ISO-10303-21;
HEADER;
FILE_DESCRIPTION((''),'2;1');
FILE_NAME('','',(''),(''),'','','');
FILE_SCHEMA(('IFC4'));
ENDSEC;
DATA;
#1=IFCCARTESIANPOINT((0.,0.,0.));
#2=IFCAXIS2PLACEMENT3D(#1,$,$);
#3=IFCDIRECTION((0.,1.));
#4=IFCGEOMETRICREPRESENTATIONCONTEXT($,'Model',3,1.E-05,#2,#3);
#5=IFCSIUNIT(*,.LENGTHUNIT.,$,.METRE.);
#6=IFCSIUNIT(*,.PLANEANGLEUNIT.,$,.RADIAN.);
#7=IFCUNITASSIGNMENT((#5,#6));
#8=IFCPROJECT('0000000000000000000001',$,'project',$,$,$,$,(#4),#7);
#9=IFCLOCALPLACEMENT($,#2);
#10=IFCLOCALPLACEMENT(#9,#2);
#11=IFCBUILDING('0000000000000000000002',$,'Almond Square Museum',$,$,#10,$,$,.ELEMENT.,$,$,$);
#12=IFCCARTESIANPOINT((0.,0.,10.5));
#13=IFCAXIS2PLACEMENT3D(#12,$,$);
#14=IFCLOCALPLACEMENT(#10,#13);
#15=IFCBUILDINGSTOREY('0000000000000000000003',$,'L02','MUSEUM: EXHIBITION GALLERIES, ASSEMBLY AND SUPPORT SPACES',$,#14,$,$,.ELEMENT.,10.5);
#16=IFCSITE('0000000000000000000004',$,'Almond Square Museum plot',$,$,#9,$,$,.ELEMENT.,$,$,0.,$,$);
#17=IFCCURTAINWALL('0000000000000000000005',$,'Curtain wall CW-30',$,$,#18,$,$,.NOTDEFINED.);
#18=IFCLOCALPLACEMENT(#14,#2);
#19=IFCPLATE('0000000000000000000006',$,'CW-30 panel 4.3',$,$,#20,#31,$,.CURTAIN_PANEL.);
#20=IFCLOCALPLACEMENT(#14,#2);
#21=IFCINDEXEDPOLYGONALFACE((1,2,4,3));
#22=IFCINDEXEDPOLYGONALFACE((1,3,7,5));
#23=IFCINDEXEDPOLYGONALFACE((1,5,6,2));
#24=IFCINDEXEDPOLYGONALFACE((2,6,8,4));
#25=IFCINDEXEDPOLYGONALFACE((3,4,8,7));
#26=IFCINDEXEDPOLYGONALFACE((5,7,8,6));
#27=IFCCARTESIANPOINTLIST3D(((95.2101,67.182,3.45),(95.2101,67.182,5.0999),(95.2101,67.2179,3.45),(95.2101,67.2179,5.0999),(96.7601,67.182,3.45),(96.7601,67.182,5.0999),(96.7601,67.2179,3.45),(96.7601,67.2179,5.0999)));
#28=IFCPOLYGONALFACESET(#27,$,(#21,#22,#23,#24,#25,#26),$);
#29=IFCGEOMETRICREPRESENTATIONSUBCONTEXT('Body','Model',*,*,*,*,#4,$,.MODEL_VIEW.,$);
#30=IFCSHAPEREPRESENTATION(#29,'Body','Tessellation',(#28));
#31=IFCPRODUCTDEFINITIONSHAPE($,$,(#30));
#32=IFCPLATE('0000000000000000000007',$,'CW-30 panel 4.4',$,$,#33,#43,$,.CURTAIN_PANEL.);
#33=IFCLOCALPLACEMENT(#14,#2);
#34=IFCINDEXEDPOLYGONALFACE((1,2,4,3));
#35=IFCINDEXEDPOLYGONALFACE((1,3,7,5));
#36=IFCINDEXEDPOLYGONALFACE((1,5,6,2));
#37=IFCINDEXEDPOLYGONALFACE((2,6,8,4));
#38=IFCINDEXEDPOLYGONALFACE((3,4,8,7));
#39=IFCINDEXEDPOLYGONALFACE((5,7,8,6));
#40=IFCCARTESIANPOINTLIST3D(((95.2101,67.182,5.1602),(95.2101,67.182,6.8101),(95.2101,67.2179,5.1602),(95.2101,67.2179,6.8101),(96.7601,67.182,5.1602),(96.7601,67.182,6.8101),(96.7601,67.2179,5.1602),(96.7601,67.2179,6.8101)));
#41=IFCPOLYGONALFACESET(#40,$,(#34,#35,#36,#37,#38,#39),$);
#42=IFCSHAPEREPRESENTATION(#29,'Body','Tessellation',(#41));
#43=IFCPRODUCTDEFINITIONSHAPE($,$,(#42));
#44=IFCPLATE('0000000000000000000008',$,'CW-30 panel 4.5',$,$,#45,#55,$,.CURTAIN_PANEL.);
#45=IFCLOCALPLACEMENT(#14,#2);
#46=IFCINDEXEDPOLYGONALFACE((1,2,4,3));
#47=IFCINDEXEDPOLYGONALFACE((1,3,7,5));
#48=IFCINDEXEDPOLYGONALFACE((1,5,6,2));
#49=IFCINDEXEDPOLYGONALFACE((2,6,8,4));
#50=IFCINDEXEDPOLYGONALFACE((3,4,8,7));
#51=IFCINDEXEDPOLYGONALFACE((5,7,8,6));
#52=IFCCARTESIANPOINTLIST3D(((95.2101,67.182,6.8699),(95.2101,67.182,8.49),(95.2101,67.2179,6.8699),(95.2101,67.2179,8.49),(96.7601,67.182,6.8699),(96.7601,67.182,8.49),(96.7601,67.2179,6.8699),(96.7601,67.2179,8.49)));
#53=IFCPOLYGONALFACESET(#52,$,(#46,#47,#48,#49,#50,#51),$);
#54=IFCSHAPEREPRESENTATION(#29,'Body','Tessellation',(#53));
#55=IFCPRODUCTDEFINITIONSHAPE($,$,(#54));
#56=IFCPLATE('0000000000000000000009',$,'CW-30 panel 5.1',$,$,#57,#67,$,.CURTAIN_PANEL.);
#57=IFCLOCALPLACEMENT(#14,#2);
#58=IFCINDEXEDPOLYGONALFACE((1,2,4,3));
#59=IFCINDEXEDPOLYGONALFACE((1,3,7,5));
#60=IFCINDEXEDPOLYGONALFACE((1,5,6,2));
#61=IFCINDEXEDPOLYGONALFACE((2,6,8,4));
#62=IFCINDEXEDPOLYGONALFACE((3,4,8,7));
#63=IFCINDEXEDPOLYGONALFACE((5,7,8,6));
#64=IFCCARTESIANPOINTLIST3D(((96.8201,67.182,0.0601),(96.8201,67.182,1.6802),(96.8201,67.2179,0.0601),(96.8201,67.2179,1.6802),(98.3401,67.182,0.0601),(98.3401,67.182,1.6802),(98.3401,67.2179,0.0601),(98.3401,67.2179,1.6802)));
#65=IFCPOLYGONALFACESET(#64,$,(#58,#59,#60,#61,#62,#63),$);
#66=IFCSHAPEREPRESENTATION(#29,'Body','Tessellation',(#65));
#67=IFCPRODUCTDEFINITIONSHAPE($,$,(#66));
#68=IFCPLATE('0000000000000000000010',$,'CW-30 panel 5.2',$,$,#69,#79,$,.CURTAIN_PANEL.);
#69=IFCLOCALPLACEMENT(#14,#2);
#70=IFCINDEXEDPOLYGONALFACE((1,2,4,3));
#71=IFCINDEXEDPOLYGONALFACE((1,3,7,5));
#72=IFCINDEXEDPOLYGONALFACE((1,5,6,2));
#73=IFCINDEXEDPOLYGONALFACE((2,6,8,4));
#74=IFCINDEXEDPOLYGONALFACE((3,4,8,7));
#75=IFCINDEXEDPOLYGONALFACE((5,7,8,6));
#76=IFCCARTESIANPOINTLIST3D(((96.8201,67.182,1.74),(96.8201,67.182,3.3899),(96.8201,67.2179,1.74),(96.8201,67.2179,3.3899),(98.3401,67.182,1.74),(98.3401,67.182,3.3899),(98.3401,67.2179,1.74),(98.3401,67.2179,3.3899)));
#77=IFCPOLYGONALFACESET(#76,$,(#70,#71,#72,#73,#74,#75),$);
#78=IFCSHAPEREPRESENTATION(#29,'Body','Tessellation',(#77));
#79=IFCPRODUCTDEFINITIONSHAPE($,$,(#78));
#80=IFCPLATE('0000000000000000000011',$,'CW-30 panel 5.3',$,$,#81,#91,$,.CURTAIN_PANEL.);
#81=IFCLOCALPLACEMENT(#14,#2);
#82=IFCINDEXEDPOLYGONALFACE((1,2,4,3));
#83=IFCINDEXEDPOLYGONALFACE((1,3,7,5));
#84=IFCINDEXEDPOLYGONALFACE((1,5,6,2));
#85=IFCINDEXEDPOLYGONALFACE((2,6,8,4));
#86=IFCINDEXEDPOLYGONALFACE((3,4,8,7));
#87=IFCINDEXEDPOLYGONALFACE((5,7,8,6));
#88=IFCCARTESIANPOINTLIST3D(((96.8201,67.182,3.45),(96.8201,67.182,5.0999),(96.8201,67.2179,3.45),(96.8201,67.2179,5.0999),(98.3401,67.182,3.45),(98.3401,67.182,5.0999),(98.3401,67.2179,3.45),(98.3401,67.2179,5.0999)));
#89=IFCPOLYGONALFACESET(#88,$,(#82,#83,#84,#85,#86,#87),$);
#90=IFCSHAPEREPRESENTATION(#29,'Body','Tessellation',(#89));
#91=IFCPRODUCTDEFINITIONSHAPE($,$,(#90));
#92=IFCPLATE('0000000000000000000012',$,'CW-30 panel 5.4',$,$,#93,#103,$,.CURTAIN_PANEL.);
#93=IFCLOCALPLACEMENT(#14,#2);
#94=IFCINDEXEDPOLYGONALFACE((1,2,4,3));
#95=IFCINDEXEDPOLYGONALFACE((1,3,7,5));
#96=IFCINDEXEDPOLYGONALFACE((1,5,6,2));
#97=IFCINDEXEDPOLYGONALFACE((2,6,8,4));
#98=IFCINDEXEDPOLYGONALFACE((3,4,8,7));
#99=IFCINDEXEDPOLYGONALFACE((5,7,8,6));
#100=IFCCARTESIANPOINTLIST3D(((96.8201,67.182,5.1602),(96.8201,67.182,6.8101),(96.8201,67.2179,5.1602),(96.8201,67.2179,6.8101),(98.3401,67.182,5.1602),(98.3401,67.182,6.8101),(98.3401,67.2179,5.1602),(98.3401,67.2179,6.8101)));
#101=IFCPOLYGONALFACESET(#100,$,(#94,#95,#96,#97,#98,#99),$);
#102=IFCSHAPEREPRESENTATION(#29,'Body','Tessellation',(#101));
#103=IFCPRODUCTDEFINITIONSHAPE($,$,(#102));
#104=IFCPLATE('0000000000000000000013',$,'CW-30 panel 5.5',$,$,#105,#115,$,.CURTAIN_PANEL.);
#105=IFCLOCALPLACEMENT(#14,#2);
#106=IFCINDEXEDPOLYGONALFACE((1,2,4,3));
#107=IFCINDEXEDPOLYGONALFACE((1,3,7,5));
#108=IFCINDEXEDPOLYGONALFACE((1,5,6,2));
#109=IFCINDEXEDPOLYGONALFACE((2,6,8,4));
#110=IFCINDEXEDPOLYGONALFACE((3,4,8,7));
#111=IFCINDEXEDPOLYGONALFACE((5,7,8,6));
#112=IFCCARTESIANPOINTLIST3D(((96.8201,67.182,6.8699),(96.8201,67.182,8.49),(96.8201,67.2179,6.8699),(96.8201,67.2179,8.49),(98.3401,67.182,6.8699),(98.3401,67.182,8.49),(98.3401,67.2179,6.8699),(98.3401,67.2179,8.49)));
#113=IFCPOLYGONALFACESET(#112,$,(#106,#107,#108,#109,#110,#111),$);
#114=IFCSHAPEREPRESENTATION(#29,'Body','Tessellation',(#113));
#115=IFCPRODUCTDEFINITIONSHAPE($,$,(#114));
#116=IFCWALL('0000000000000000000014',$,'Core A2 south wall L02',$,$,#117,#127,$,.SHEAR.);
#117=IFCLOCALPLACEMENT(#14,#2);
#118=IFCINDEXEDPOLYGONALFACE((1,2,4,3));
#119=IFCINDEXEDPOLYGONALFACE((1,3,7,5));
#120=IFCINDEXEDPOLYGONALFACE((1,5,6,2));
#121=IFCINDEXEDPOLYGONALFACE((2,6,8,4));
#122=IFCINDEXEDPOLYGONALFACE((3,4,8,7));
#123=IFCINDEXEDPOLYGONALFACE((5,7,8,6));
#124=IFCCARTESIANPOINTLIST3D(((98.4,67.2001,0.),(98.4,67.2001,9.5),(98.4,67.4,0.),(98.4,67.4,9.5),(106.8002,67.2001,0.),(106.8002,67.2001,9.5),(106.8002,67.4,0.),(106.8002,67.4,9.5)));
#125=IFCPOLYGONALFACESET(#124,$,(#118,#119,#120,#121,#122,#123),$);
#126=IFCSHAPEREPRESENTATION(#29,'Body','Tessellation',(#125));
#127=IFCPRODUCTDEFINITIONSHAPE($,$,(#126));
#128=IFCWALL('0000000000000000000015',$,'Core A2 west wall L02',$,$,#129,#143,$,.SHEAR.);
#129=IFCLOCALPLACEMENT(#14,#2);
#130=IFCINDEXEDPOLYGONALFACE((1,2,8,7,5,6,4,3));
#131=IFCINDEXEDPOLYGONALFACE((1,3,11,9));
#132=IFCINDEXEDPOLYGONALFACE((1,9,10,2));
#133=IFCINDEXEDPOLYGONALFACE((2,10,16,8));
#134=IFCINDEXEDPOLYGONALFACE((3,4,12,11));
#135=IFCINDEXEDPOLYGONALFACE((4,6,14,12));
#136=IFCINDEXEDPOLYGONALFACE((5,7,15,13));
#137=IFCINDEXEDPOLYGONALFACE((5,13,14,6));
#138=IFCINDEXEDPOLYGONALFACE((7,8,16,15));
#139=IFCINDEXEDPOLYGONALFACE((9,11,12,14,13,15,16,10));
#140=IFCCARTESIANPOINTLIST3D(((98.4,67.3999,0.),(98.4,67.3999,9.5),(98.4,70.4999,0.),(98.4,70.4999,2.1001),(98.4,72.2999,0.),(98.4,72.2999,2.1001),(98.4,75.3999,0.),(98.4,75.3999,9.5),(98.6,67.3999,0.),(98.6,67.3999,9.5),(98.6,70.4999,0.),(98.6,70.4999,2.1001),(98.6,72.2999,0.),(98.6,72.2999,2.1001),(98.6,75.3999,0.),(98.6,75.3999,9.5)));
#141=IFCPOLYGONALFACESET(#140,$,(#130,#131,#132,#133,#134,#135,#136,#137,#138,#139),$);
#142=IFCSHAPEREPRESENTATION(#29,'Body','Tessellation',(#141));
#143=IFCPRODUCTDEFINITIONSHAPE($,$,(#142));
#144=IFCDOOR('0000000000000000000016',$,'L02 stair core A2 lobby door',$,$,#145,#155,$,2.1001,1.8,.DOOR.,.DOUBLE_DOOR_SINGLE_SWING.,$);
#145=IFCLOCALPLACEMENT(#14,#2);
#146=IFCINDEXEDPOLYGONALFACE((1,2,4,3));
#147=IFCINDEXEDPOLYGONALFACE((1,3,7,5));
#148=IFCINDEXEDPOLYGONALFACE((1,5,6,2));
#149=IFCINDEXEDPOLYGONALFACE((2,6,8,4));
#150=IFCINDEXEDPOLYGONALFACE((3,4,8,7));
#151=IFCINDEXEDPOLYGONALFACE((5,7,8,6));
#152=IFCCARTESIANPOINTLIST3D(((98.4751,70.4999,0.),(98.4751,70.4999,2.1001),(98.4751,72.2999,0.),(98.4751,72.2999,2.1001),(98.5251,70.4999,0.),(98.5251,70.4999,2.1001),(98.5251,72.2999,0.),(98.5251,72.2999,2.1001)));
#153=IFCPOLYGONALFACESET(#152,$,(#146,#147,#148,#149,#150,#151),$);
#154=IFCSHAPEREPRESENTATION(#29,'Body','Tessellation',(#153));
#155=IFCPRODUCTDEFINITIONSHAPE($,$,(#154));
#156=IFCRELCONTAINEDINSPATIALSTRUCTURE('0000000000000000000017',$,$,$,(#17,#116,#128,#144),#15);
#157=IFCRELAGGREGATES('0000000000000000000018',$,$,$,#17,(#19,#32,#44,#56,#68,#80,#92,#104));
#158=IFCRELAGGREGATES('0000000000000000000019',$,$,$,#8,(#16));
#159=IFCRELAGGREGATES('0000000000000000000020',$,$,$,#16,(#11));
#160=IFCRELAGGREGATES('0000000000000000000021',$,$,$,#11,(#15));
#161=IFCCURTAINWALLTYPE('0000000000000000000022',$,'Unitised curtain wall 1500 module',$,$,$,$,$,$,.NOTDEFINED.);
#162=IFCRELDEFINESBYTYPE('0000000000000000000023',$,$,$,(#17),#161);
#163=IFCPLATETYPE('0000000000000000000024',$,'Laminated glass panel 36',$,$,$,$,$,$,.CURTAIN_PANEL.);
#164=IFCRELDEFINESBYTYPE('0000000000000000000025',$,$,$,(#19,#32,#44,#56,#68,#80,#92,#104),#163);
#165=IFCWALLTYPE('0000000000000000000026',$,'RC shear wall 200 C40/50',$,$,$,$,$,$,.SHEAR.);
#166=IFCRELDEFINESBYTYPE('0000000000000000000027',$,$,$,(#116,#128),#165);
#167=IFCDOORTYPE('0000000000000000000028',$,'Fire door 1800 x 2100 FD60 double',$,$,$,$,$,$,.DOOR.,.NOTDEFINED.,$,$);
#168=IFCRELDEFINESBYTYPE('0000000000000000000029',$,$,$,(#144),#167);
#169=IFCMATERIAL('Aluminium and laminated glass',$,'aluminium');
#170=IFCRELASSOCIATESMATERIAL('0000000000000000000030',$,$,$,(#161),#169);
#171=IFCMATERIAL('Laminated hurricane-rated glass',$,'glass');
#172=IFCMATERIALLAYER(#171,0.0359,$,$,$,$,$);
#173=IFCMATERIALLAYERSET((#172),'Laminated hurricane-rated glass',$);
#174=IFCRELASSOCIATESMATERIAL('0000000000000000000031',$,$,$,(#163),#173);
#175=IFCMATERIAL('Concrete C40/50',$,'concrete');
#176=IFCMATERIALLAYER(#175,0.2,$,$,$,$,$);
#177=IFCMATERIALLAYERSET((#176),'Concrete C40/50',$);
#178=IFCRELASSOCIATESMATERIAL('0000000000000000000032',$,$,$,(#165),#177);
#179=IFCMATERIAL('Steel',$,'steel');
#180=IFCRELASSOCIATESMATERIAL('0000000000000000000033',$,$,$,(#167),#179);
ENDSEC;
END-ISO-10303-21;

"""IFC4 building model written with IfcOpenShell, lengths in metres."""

from ifc_helpers import new_model, si_unit, direction, frame, frame_2d, origin, origin_2d, place, context, subcontext, project, spatial, rectangle, extrude, material, layer, layer_set, type_object, element, fill, aggregate, save


model = new_model("IFC4")

# Units and contexts
model_context = context("Model", 3, precision=1e-05, world=origin(), true_north=direction((0.0, 1.0)))
body_context = subcontext(model_context, "Body", "Model", "MODEL_VIEW")
ifc_project = project(units=[si_unit("LENGTHUNIT", "METRE"), si_unit("PLANEANGLEUNIT", "RADIAN")], contexts=[model_context])

# Site, building, storey
site_placement = place(None, origin())
site = spatial("IfcSite", under=ifc_project, at=site_placement, Name="Almond Square Museum plot", CompositionType="ELEMENT", RefElevation=0.0)
building_placement = place(site_placement, origin())
building = spatial("IfcBuilding", under=site, at=building_placement, Name="Almond Square Museum", CompositionType="ELEMENT")
storey_placement = place(building_placement, frame((0.0, 0.0, 10.5)))
storey = spatial("IfcBuildingStorey", under=building, at=storey_placement, Name="L02", Description="MUSEUM: EXHIBITION GALLERIES, ASSEMBLY AND SUPPORT SPACES", CompositionType="ELEMENT", Elevation=10.5)

# Curtain wall, plates
ifc_material_1 = material(Name="Aluminium and laminated glass", Category="aluminium")
curtain_wall_type = type_object("IfcCurtainWallType", Name="Unitised curtain wall 1500 module", PredefinedType="NOTDEFINED", material=ifc_material_1)
curtain_wall_placement = place(storey_placement, origin())
curtain_wall = element("IfcCurtainWall", 1, at=curtain_wall_placement, inside=storey, type_object=curtain_wall_type, Name="Curtain wall CW-30", PredefinedType="NOTDEFINED")
ifc_material_2 = material(Name="Laminated hurricane-rated glass", Category="glass")
ifc_layer_1 = layer(ifc_material_2, 0.0359)
ifc_layer_set_1 = layer_set([ifc_layer_1], Name="Laminated hurricane-rated glass")
plate_type = type_object("IfcPlateType", Name="Laminated glass panel 36", PredefinedType="CURTAIN_PANEL", material=ifc_layer_set_1)
plate_1_placement = place(storey_placement, frame((95.9851, 67.2, 3.45), z_axis=(0.0, 0.0, 1.0), x_axis=(1.0, 0.0, 0.0)))
plate_1 = element("IfcPlate", 2, at=plate_1_placement, type_object=plate_type, Name="CW-30 panel 4.3", PredefinedType="CURTAIN_PANEL", context=body_context, shape_type="SweptSolid", body=[
    extrude(rectangle(XDim=1.55, YDim=0.0359, at=origin_2d()), origin(), (0.0, 0.0, 1.0), 1.6499),
])
plate_2_placement = place(storey_placement, frame((95.9851, 67.2, 5.1602), z_axis=(0.0, 0.0, 1.0), x_axis=(1.0, 0.0, 0.0)))
plate_2 = element("IfcPlate", 3, at=plate_2_placement, type_object=plate_type, Name="CW-30 panel 4.4", PredefinedType="CURTAIN_PANEL", context=body_context, shape_type="SweptSolid", body=[
    extrude(rectangle(XDim=1.55, YDim=0.0359, at=origin_2d()), origin(), (0.0, 0.0, 1.0), 1.6499),
])
plate_3_placement = place(storey_placement, frame((95.9851, 67.2, 6.8699), z_axis=(0.0, 0.0, 1.0), x_axis=(1.0, 0.0, 0.0)))
plate_3 = element("IfcPlate", 4, at=plate_3_placement, type_object=plate_type, Name="CW-30 panel 4.5", PredefinedType="CURTAIN_PANEL", context=body_context, shape_type="SweptSolid", body=[
    extrude(rectangle(XDim=1.55, YDim=0.0359, at=origin_2d()), origin(), (0.0, 0.0, 1.0), 1.6201),
])
plate_4_placement = place(storey_placement, frame((97.5801, 67.2, 0.0601), z_axis=(0.0, 0.0, 1.0), x_axis=(1.0, 0.0, 0.0)))
plate_4 = element("IfcPlate", 5, at=plate_4_placement, type_object=plate_type, Name="CW-30 panel 5.1", PredefinedType="CURTAIN_PANEL", context=body_context, shape_type="SweptSolid", body=[
    extrude(rectangle(XDim=1.52, YDim=0.0359, at=origin_2d()), origin(), (0.0, 0.0, 1.0), 1.6201),
])
plate_5_placement = place(storey_placement, frame((97.5801, 67.2, 1.74), z_axis=(0.0, 0.0, 1.0), x_axis=(1.0, 0.0, 0.0)))
plate_5 = element("IfcPlate", 6, at=plate_5_placement, type_object=plate_type, Name="CW-30 panel 5.2", PredefinedType="CURTAIN_PANEL", context=body_context, shape_type="SweptSolid", body=[
    extrude(rectangle(XDim=1.52, YDim=0.0359, at=origin_2d()), origin(), (0.0, 0.0, 1.0), 1.6499),
])
plate_6_placement = place(storey_placement, frame((97.5801, 67.2, 3.45), z_axis=(0.0, 0.0, 1.0), x_axis=(1.0, 0.0, 0.0)))
plate_6 = element("IfcPlate", 7, at=plate_6_placement, type_object=plate_type, Name="CW-30 panel 5.3", PredefinedType="CURTAIN_PANEL", context=body_context, shape_type="SweptSolid", body=[
    extrude(rectangle(XDim=1.52, YDim=0.0359, at=origin_2d()), origin(), (0.0, 0.0, 1.0), 1.6499),
])
plate_7_placement = place(storey_placement, frame((97.5801, 67.2, 5.1602), z_axis=(0.0, 0.0, 1.0), x_axis=(1.0, 0.0, 0.0)))
plate_7 = element("IfcPlate", 8, at=plate_7_placement, type_object=plate_type, Name="CW-30 panel 5.4", PredefinedType="CURTAIN_PANEL", context=body_context, shape_type="SweptSolid", body=[
    extrude(rectangle(XDim=1.52, YDim=0.0359, at=origin_2d()), origin(), (0.0, 0.0, 1.0), 1.6499),
])
plate_8_placement = place(storey_placement, frame((97.5801, 67.2, 6.8699), z_axis=(0.0, 0.0, 1.0), x_axis=(1.0, 0.0, 0.0)))
plate_8 = element("IfcPlate", 9, at=plate_8_placement, type_object=plate_type, Name="CW-30 panel 5.5", PredefinedType="CURTAIN_PANEL", context=body_context, shape_type="SweptSolid", body=[
    extrude(rectangle(XDim=1.52, YDim=0.0359, at=origin_2d()), origin(), (0.0, 0.0, 1.0), 1.6201),
])
aggregate(curtain_wall, [plate_1, plate_2, plate_3, plate_4, plate_5, plate_6, plate_7, plate_8])

# Wall
ifc_material_3 = material(Name="Concrete C40/50", Category="concrete")
ifc_layer_2 = layer(ifc_material_3, 0.2)
ifc_layer_set_2 = layer_set([ifc_layer_2], Name="Concrete C40/50")
wall_type = type_object("IfcWallType", Name="RC shear wall 200 C40/50", PredefinedType="SHEAR", material=ifc_layer_set_2)
wall_1_placement = place(storey_placement, frame((98.3999, 67.3, 0.0), z_axis=(0.0, 0.0, 1.0), x_axis=(1.0, 0.0, 0.0)))
element("IfcWall", 10, at=wall_1_placement, inside=storey, type_object=wall_type, Name="Core A2 south wall L02", PredefinedType="SHEAR", context=body_context, shape_type="SweptSolid", body=[
    extrude(rectangle(XDim=8.4001, YDim=0.2, at=frame_2d((4.2002, 0.0))), origin(), (0.0, 0.0, 1.0), 9.5),
])

# Wall, opening, door
wall_2_placement = place(storey_placement, frame((98.5, 67.3999, 0.0), z_axis=(0.0, 0.0, 1.0), x_axis=(0.0, 1.0, 0.0)))
wall_2 = element("IfcWall", 11, at=wall_2_placement, inside=storey, type_object=wall_type, Name="Core A2 west wall L02", PredefinedType="SHEAR", context=body_context, shape_type="SweptSolid", body=[
    extrude(rectangle(XDim=8.0, YDim=0.2, at=frame_2d((4.0, 0.0))), origin(), (0.0, 0.0, 1.0), 9.5),
])
opening_1_placement = place(wall_2_placement, frame((3.1001, 0.0, 0.0)))
opening_1 = element("IfcOpeningElement", 12, at=opening_1_placement, cuts=wall_2, PredefinedType="OPENING", context=body_context, shape_type="SweptSolid", body=[
    extrude(rectangle(XDim=1.8, YDim=2.1001, at=frame_2d((0.8999, 1.05))), frame((0.0, 0.1099, 0.0), z_axis=(0.0, -1.0, 0.0), x_axis=(1.0, 0.0, 0.0)), (0.0, 0.0, 1.0), 0.22),
])
ifc_material_4 = material(Name="Steel", Category="steel")
door_type_1 = type_object("IfcDoorType", Name="Fire door 1800 x 2100 FD60 double", OperationType="NOTDEFINED", PredefinedType="DOOR", material=ifc_material_4)
door_1_placement = place(opening_1_placement, origin())
door_1 = element("IfcDoor", 13, at=door_1_placement, inside=storey, type_object=door_type_1, Name="L02 stair core A2 lobby door", OperationType="DOUBLE_DOOR_SINGLE_SWING", OverallHeight=2.1001, OverallWidth=1.8, PredefinedType="DOOR", context=body_context, shape_type="SweptSolid", body=[
    extrude(rectangle(XDim=1.8, YDim=2.1001, at=frame_2d((0.8999, 1.05))), frame((0.0, 0.0249, 0.0), z_axis=(0.0, -1.0, 0.0), x_axis=(1.0, 0.0, 0.0)), (0.0, 0.0, 1.0), 0.05),
])
fill(opening_1, door_1)

save(model, "model.ifc")
